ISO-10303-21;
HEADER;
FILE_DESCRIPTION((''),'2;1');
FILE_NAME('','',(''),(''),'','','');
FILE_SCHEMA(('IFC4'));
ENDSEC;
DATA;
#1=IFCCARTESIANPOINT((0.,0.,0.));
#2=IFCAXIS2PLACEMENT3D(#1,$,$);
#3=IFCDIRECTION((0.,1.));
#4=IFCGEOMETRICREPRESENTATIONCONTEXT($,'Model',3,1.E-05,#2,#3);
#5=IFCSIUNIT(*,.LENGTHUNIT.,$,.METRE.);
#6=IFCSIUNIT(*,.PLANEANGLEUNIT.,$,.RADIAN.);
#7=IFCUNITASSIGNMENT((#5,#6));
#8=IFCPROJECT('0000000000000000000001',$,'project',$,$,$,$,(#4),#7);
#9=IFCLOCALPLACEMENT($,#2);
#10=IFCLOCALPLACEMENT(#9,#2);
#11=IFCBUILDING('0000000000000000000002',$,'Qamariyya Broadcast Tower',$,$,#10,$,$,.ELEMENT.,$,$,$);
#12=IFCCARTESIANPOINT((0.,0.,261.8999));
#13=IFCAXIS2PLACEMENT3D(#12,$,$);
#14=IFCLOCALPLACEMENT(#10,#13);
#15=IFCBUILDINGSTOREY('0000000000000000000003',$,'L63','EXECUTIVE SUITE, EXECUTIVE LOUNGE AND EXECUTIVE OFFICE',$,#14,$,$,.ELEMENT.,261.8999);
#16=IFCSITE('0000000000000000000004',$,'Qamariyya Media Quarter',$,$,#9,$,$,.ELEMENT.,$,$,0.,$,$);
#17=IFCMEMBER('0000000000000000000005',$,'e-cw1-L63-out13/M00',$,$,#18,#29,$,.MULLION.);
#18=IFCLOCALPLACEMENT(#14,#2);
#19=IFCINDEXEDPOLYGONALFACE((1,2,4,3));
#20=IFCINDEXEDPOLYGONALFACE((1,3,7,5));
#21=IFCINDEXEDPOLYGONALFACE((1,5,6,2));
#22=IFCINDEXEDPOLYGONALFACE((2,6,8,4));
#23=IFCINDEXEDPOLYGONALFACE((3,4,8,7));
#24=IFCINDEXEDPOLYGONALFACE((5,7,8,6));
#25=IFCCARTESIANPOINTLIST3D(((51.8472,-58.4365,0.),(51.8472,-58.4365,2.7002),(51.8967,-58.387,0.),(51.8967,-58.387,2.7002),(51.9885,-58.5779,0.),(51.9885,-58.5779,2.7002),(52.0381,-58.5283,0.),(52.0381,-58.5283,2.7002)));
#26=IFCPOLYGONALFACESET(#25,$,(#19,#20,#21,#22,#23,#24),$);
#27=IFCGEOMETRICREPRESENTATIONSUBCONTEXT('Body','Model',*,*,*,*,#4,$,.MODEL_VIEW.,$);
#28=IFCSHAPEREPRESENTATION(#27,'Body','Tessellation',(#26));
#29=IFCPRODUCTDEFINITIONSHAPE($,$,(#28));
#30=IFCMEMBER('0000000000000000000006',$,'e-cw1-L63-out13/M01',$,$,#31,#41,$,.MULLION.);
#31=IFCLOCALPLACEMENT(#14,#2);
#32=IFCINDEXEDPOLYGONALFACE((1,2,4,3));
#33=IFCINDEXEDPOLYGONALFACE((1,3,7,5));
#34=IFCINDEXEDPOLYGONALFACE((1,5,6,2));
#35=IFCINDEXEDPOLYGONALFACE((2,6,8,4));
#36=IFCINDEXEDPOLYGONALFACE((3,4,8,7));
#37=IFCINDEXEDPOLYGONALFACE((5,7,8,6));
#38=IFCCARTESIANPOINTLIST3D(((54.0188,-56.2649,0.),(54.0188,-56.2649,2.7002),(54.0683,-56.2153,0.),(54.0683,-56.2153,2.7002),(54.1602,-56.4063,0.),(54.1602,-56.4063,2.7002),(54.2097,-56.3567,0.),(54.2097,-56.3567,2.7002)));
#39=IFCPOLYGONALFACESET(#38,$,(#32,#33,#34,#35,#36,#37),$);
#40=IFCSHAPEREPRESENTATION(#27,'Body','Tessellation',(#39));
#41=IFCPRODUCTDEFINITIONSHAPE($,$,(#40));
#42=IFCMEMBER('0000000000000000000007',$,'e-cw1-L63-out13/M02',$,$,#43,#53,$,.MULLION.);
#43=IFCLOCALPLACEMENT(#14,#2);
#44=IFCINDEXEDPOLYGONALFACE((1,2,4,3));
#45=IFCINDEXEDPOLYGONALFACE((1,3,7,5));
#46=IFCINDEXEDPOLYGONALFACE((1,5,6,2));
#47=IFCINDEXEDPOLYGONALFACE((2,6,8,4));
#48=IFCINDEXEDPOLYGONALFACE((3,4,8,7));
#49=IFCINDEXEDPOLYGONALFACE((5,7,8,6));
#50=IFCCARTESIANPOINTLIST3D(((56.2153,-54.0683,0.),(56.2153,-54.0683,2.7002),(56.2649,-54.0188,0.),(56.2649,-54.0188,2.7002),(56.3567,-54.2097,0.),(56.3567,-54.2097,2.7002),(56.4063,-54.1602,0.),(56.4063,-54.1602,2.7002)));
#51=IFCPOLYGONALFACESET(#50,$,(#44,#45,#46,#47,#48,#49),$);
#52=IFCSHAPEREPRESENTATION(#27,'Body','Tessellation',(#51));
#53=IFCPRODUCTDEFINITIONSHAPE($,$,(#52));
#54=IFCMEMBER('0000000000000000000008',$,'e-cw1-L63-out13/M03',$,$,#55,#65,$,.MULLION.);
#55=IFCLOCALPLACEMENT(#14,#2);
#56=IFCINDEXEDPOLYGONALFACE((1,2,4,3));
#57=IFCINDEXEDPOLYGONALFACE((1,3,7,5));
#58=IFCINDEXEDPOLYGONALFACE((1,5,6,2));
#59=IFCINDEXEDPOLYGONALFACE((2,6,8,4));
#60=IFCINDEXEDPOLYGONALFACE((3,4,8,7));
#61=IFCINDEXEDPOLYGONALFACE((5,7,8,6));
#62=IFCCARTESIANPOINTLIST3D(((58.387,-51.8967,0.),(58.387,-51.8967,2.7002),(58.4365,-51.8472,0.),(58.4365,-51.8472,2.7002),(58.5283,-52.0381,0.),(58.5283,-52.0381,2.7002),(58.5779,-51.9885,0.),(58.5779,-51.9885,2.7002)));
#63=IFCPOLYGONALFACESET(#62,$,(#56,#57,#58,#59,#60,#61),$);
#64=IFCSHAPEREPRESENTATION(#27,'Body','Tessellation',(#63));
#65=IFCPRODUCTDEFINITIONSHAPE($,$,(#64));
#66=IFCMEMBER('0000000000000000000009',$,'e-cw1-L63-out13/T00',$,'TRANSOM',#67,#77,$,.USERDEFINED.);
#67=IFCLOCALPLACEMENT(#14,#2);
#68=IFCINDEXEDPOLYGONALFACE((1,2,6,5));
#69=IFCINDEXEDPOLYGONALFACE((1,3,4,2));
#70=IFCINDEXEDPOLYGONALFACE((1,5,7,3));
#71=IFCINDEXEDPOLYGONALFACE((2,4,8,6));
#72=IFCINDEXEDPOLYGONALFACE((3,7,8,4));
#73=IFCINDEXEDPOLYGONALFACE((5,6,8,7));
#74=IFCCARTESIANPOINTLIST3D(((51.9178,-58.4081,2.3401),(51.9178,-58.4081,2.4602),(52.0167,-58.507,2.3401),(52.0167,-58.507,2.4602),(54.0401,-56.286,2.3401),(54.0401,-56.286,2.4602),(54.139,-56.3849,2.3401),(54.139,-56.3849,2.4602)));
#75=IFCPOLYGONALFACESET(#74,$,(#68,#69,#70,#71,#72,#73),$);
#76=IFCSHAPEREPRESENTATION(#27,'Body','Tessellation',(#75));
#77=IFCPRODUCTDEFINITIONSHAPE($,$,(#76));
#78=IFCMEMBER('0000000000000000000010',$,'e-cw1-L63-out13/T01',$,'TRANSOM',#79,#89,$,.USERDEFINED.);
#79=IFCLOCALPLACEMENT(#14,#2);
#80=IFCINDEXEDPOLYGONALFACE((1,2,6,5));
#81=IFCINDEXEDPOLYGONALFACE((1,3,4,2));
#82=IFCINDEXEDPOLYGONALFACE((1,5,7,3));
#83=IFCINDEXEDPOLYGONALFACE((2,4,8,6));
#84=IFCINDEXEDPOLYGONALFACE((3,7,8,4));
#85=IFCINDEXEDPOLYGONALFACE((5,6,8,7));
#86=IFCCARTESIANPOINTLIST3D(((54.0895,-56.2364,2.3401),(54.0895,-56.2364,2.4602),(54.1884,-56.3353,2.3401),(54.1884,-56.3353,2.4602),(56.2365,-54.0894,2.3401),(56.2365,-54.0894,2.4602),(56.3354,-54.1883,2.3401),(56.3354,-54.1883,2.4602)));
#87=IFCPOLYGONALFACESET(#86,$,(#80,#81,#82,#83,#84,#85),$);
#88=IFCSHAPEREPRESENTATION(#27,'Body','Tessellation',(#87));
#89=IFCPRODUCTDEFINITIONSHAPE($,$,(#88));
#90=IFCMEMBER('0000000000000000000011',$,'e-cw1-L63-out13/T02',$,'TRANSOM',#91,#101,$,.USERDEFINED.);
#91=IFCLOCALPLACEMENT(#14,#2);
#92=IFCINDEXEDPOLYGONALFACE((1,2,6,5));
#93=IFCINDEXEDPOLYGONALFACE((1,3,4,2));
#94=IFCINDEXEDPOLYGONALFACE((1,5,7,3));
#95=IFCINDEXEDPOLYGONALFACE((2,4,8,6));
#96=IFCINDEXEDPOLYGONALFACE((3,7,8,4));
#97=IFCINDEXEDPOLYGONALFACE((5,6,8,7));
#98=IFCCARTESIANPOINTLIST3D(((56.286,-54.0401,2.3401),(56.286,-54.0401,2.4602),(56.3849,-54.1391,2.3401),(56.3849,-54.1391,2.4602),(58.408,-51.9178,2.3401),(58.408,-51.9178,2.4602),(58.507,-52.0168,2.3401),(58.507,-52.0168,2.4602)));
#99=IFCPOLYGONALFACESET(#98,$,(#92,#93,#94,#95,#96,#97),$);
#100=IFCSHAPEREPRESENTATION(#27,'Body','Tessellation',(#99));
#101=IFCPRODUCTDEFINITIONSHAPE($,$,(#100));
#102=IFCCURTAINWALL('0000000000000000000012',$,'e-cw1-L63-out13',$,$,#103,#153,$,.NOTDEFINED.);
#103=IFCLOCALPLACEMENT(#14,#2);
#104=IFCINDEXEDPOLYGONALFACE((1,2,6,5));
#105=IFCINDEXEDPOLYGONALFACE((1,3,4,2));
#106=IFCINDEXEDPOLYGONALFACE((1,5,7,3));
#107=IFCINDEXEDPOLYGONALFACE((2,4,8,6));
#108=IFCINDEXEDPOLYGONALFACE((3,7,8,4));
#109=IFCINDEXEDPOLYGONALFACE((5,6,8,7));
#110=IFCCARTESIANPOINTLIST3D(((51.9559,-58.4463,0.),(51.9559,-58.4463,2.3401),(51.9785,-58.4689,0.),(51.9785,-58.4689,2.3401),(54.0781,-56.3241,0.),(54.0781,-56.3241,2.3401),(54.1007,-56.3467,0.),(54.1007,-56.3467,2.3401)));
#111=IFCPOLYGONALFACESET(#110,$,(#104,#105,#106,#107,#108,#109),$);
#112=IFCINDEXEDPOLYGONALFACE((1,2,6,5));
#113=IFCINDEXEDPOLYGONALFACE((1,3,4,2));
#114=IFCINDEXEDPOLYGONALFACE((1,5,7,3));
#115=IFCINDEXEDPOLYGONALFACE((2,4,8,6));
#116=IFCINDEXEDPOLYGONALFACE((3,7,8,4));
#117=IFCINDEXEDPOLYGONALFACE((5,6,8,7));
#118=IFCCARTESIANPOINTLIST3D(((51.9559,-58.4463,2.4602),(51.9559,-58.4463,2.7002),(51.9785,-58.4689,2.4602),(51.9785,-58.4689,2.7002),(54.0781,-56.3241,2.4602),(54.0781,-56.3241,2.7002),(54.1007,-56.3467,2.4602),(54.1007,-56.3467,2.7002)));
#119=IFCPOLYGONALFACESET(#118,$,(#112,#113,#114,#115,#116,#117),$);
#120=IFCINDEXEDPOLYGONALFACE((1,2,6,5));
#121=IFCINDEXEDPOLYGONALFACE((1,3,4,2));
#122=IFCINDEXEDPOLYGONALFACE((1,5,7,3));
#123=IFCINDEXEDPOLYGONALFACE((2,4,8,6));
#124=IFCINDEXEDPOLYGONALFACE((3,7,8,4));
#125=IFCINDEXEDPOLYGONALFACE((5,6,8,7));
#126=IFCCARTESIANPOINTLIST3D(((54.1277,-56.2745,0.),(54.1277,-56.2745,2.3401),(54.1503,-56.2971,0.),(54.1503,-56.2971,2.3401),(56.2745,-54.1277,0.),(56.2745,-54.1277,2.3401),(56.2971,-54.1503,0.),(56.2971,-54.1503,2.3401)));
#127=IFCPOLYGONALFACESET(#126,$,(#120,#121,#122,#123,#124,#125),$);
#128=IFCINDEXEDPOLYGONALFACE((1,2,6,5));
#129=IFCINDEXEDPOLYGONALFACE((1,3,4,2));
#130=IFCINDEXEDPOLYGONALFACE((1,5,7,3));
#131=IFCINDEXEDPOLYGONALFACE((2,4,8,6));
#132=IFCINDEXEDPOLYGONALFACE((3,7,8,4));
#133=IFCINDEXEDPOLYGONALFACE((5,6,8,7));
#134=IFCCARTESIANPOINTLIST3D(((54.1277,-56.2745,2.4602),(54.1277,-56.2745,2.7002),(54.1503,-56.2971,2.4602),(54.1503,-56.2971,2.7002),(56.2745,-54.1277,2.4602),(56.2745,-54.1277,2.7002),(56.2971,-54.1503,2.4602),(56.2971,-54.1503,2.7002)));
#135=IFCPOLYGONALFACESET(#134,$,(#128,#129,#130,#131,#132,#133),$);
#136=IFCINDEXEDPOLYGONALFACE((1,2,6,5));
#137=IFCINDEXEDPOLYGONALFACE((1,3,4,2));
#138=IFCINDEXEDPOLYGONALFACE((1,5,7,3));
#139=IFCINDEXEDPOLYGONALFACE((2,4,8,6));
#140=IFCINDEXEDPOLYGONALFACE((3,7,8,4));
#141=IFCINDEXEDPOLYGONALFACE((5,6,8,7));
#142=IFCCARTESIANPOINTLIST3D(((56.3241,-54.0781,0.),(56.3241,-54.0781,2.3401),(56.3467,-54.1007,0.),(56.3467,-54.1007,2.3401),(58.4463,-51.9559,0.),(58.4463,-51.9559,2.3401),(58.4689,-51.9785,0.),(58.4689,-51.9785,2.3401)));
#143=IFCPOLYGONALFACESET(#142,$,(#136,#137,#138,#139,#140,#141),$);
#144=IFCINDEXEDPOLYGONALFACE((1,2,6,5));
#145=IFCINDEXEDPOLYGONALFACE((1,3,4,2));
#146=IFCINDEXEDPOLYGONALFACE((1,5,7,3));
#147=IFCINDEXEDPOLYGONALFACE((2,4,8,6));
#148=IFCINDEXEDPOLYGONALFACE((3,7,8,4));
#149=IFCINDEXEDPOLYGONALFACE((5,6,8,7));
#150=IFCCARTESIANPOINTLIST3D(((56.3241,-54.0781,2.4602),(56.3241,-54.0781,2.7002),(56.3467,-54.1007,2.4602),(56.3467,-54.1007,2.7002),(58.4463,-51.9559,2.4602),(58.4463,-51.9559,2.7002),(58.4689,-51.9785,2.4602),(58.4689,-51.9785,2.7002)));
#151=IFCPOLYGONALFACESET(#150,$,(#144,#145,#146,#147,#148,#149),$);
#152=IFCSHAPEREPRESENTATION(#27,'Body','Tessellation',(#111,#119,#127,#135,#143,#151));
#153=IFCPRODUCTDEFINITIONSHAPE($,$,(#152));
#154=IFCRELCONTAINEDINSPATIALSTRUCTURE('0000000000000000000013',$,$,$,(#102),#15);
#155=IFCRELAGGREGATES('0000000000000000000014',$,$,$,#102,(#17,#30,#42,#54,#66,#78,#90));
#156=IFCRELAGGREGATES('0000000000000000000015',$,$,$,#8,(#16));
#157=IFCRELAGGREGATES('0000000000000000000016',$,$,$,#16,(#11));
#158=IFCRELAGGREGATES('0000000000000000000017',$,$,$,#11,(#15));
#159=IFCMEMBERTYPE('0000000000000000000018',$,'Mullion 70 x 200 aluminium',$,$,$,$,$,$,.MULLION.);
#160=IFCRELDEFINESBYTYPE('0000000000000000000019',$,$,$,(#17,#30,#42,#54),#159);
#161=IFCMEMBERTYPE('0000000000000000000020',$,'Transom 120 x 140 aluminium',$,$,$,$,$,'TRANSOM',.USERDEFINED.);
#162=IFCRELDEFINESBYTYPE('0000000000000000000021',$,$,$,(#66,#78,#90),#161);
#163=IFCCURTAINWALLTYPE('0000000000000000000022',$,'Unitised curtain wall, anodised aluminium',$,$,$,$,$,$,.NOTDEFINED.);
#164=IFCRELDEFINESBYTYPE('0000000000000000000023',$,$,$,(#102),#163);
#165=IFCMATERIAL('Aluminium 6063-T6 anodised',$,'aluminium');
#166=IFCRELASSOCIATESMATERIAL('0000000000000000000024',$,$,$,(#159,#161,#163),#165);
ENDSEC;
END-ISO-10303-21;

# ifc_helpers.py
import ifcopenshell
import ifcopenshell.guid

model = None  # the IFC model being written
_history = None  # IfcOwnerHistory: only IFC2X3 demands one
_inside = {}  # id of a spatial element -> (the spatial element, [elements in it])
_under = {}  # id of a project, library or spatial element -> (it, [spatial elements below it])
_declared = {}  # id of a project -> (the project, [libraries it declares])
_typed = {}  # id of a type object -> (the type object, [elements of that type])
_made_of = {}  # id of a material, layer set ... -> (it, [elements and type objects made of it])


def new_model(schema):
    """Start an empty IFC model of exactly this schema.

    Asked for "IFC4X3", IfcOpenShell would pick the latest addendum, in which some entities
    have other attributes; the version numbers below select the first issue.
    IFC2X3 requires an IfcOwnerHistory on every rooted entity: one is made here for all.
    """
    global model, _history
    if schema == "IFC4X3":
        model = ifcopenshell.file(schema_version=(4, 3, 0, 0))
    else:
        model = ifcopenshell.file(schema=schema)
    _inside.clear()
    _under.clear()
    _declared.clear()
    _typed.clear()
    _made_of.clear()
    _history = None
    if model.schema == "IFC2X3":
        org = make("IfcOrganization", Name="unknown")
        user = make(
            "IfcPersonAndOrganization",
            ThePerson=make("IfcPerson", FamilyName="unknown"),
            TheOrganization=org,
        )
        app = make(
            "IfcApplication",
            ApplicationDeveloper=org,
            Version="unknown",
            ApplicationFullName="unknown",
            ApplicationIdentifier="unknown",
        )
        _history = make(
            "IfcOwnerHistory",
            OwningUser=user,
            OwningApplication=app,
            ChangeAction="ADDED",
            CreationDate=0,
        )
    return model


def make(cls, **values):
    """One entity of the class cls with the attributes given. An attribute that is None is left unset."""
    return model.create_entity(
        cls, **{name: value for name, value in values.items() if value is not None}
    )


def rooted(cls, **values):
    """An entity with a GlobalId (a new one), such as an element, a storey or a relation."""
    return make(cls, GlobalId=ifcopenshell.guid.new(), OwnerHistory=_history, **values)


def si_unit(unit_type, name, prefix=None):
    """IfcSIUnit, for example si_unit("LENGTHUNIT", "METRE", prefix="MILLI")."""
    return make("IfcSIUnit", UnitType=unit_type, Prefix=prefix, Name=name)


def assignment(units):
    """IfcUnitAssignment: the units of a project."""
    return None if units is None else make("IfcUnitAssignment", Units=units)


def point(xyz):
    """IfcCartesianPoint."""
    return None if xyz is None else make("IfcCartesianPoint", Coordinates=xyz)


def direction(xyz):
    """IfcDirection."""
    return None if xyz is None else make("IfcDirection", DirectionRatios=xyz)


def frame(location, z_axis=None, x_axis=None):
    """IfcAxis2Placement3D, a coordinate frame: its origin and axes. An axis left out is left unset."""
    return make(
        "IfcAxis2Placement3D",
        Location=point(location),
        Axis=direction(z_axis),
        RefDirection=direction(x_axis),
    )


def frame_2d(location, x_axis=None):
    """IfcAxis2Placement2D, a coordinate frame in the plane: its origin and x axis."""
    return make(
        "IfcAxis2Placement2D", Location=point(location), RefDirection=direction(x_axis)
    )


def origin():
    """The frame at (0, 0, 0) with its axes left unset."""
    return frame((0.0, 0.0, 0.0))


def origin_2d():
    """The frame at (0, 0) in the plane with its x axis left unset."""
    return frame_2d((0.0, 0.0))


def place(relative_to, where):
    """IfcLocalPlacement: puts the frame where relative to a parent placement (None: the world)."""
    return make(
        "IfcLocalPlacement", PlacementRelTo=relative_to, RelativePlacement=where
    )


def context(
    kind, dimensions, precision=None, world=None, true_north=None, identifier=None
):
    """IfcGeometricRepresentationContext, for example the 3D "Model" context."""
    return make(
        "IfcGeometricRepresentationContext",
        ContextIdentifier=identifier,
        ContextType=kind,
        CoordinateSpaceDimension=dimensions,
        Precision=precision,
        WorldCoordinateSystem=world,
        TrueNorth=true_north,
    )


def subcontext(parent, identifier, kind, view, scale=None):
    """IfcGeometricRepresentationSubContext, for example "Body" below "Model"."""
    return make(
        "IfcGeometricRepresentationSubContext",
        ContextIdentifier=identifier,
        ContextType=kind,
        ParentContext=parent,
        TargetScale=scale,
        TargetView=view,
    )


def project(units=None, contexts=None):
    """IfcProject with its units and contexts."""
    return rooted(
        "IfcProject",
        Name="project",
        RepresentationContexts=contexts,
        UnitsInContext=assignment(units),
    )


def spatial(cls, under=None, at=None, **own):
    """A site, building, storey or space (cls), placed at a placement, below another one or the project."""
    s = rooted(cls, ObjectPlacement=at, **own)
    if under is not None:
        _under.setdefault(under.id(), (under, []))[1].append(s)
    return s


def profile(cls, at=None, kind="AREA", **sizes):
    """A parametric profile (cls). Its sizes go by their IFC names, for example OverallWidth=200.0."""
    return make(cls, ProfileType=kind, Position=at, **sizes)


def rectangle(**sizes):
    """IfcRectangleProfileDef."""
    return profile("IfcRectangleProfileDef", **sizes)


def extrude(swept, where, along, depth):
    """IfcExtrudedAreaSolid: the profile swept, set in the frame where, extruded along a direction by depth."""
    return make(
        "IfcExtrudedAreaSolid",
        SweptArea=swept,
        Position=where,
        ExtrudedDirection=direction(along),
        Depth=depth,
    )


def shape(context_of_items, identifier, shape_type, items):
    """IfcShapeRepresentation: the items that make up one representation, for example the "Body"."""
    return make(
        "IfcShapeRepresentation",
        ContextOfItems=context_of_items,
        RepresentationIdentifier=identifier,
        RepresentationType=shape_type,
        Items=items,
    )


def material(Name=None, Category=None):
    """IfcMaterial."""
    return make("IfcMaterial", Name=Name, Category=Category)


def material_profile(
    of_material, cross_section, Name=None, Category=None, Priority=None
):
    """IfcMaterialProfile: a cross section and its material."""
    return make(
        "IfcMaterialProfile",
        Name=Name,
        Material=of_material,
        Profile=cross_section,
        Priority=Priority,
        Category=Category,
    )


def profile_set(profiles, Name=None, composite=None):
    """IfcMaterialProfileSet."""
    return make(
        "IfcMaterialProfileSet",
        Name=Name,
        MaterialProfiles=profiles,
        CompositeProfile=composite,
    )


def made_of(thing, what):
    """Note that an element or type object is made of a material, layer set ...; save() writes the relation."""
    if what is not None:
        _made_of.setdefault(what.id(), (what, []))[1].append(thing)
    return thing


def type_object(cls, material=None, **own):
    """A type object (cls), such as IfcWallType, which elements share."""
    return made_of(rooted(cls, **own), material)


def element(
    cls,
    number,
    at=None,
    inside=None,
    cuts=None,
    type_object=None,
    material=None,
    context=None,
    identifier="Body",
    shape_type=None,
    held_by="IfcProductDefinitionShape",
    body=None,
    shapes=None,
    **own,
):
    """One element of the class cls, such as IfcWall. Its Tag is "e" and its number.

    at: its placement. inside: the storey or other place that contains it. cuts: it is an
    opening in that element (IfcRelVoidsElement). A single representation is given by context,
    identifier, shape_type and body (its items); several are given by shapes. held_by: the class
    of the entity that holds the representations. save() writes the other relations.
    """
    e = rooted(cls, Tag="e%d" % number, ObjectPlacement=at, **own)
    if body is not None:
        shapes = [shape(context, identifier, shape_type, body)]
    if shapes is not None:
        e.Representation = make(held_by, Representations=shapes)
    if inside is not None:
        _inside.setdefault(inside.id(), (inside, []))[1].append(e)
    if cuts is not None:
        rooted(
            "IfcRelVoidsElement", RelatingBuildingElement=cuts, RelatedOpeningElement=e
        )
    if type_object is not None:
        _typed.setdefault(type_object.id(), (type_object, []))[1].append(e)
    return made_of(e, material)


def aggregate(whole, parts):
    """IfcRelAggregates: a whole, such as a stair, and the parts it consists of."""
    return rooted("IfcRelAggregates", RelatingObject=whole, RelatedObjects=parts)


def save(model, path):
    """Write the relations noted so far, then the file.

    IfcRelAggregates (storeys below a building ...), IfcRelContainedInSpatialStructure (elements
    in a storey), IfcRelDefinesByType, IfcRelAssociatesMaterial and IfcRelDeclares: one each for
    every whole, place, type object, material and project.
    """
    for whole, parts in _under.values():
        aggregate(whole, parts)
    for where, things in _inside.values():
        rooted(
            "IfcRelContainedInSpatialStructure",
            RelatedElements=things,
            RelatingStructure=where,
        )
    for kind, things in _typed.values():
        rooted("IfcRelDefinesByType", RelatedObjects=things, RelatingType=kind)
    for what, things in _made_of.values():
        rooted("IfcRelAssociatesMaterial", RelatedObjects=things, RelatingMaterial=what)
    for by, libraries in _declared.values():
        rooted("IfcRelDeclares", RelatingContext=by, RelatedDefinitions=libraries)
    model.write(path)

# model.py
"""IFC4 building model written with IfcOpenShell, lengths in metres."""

from ifc_helpers import new_model, si_unit, direction, frame, origin, origin_2d, place, context, subcontext, project, spatial, rectangle, extrude, material, material_profile, profile_set, type_object, element, aggregate, save


model = new_model("IFC4")

# Units and contexts
model_context = context("Model", 3, precision=1e-05, world=origin(), true_north=direction((0.0, 1.0)))
body_context = subcontext(model_context, "Body", "Model", "MODEL_VIEW")
ifc_project = project(units=[si_unit("LENGTHUNIT", "METRE"), si_unit("PLANEANGLEUNIT", "RADIAN")], contexts=[model_context])

# Members
ifc_material = material(Name="Aluminium 6063-T6 anodised", Category="aluminium")
ifc_material_profile_1 = material_profile(ifc_material, rectangle(XDim=0.2, YDim=0.0701, at=origin_2d()))
ifc_profile_set_1 = profile_set([ifc_material_profile_1], Name="Aluminium 6063-T6 anodised")
member_type_1 = type_object("IfcMemberType", Name="Mullion 70 x 200 aluminium", PredefinedType="MULLION", material=ifc_profile_set_1)
site_placement = place(None, origin())
building_placement = place(site_placement, origin())
storey_placement = place(building_placement, frame((0.0, 0.0, 261.8999)))
member_1_placement = place(storey_placement, frame((51.9426, -58.4824, 0.0), z_axis=(0.0, 0.0, 1.0), x_axis=(-0.707107, 0.707107, 0.0)))
member_1 = element("IfcMember", 1, at=member_1_placement, type_object=member_type_1, Name="e-cw1-L63-out13/M00", PredefinedType="MULLION", context=body_context, shape_type="SweptSolid", body=[
    extrude(rectangle(XDim=0.2, YDim=0.0701, at=origin_2d()), origin(), (0.0, 0.0, 1.0), 2.7002),
])
member_2_placement = place(storey_placement, frame((54.1143, -56.3108, 0.0), z_axis=(0.0, 0.0, 1.0), x_axis=(-0.707107, 0.707107, 0.0)))
member_2 = element("IfcMember", 2, at=member_2_placement, type_object=member_type_1, Name="e-cw1-L63-out13/M01", PredefinedType="MULLION", context=body_context, shape_type="SweptSolid", body=[
    extrude(rectangle(XDim=0.2, YDim=0.0701, at=origin_2d()), origin(), (0.0, 0.0, 1.0), 2.7002),
])
member_3_placement = place(storey_placement, frame((56.3108, -54.1143, 0.0), z_axis=(0.0, 0.0, 1.0), x_axis=(-0.707107, 0.707107, 0.0)))
member_3 = element("IfcMember", 3, at=member_3_placement, type_object=member_type_1, Name="e-cw1-L63-out13/M02", PredefinedType="MULLION", context=body_context, shape_type="SweptSolid", body=[
    extrude(rectangle(XDim=0.2, YDim=0.0701, at=origin_2d()), origin(), (0.0, 0.0, 1.0), 2.7002),
])
member_4_placement = place(storey_placement, frame((58.4824, -51.9426, 0.0), z_axis=(0.0, 0.0, 1.0), x_axis=(-0.707107, 0.707107, 0.0)))
member_4 = element("IfcMember", 4, at=member_4_placement, type_object=member_type_1, Name="e-cw1-L63-out13/M03", PredefinedType="MULLION", context=body_context, shape_type="SweptSolid", body=[
    extrude(rectangle(XDim=0.2, YDim=0.0701, at=origin_2d()), origin(), (0.0, 0.0, 1.0), 2.7002),
])
ifc_material_profile_2 = material_profile(ifc_material, rectangle(XDim=0.1399, YDim=0.1201, at=origin_2d()))
ifc_profile_set_2 = profile_set([ifc_material_profile_2], Name="Aluminium 6063-T6 anodised")
member_type_2 = type_object("IfcMemberType", Name="Transom 120 x 140 aluminium", ElementType="TRANSOM", PredefinedType="USERDEFINED", material=ifc_profile_set_2)
member_5_placement = place(storey_placement, frame((51.9673, -58.4575, 2.4001), z_axis=(0.707147, 0.707066, 0.0), x_axis=(-0.707066, 0.707147, 0.0)))
member_5 = element("IfcMember", 5, at=member_5_placement, type_object=member_type_2, Name="e-cw1-L63-out13/T00", ObjectType="TRANSOM", PredefinedType="USERDEFINED", context=body_context, shape_type="SweptSolid", body=[
    extrude(rectangle(XDim=0.1399, YDim=0.1201, at=origin_2d()), origin(), (0.0, 0.0, 1.0), 3.0012),
])
member_6_placement = place(storey_placement, frame((54.1389, -56.2859, 2.4001), z_axis=(0.707107, 0.707107, 0.0), x_axis=(-0.707107, 0.707107, 0.0)))
member_6 = element("IfcMember", 6, at=member_6_placement, type_object=member_type_2, Name="e-cw1-L63-out13/T01", ObjectType="TRANSOM", PredefinedType="USERDEFINED", context=body_context, shape_type="SweptSolid", body=[
    extrude(rectangle(XDim=0.1399, YDim=0.1201, at=origin_2d()), origin(), (0.0, 0.0, 1.0), 3.0364),
])
member_7_placement = place(storey_placement, frame((56.3354, -54.0896, 2.4001), z_axis=(0.707066, 0.707147, 0.0), x_axis=(-0.707147, 0.707066, 0.0)))
member_7 = element("IfcMember", 7, at=member_7_placement, type_object=member_type_2, Name="e-cw1-L63-out13/T02", ObjectType="TRANSOM", PredefinedType="USERDEFINED", context=body_context, shape_type="SweptSolid", body=[
    extrude(rectangle(XDim=0.1399, YDim=0.1201, at=origin_2d()), origin(), (0.0, 0.0, 1.0), 3.0012),
])

# Site, building, storey
site = spatial("IfcSite", under=ifc_project, at=site_placement, Name="Qamariyya Media Quarter", CompositionType="ELEMENT", RefElevation=0.0)
building = spatial("IfcBuilding", under=site, at=building_placement, Name="Qamariyya Broadcast Tower", CompositionType="ELEMENT")
storey = spatial("IfcBuildingStorey", under=building, at=storey_placement, Name="L63", Description="EXECUTIVE SUITE, EXECUTIVE LOUNGE AND EXECUTIVE OFFICE", CompositionType="ELEMENT", Elevation=261.8999)

# Curtain wall
curtain_wall_type = type_object("IfcCurtainWallType", Name="Unitised curtain wall, anodised aluminium", PredefinedType="NOTDEFINED", material=ifc_material)
curtain_wall_1_placement = place(storey_placement, origin())
curtain_wall_1 = element("IfcCurtainWall", 8, at=curtain_wall_1_placement, inside=storey, type_object=curtain_wall_type, Name="e-cw1-L63-out13", PredefinedType="NOTDEFINED", context=body_context, shape_type="SweptSolid", body=[
    extrude(rectangle(XDim=3.0012, YDim=0.032, at=origin_2d()), frame((53.0283, -57.3965, 0.0), x_axis=(0.707107, 0.707107, 0.0)), (0.0, 0.0, 1.0), 2.3401),
    extrude(rectangle(XDim=3.0012, YDim=0.032, at=origin_2d()), frame((53.0283, -57.3965, 2.4602), x_axis=(0.707107, 0.707107, 0.0)), (0.0, 0.0, 1.0), 0.24),
    extrude(rectangle(XDim=3.0361, YDim=0.032, at=origin_2d()), frame((55.2124, -55.2124, 0.0), x_axis=(0.707107, 0.707107, 0.0)), (0.0, 0.0, 1.0), 2.3401),
    extrude(rectangle(XDim=3.0361, YDim=0.032, at=origin_2d()), frame((55.2124, -55.2124, 2.4602), x_axis=(0.707107, 0.707107, 0.0)), (0.0, 0.0, 1.0), 0.24),
    extrude(rectangle(XDim=3.0012, YDim=0.032, at=origin_2d()), frame((57.3965, -53.0283, 0.0), x_axis=(0.707107, 0.707107, 0.0)), (0.0, 0.0, 1.0), 2.3401),
    extrude(rectangle(XDim=3.0012, YDim=0.032, at=origin_2d()), frame((57.3965, -53.0283, 2.4602), x_axis=(0.707107, 0.707107, 0.0)), (0.0, 0.0, 1.0), 0.24),
])
aggregate(curtain_wall_1, [member_1, member_2, member_3, member_4, member_5, member_6, member_7])

save(model, "model.ifc")
